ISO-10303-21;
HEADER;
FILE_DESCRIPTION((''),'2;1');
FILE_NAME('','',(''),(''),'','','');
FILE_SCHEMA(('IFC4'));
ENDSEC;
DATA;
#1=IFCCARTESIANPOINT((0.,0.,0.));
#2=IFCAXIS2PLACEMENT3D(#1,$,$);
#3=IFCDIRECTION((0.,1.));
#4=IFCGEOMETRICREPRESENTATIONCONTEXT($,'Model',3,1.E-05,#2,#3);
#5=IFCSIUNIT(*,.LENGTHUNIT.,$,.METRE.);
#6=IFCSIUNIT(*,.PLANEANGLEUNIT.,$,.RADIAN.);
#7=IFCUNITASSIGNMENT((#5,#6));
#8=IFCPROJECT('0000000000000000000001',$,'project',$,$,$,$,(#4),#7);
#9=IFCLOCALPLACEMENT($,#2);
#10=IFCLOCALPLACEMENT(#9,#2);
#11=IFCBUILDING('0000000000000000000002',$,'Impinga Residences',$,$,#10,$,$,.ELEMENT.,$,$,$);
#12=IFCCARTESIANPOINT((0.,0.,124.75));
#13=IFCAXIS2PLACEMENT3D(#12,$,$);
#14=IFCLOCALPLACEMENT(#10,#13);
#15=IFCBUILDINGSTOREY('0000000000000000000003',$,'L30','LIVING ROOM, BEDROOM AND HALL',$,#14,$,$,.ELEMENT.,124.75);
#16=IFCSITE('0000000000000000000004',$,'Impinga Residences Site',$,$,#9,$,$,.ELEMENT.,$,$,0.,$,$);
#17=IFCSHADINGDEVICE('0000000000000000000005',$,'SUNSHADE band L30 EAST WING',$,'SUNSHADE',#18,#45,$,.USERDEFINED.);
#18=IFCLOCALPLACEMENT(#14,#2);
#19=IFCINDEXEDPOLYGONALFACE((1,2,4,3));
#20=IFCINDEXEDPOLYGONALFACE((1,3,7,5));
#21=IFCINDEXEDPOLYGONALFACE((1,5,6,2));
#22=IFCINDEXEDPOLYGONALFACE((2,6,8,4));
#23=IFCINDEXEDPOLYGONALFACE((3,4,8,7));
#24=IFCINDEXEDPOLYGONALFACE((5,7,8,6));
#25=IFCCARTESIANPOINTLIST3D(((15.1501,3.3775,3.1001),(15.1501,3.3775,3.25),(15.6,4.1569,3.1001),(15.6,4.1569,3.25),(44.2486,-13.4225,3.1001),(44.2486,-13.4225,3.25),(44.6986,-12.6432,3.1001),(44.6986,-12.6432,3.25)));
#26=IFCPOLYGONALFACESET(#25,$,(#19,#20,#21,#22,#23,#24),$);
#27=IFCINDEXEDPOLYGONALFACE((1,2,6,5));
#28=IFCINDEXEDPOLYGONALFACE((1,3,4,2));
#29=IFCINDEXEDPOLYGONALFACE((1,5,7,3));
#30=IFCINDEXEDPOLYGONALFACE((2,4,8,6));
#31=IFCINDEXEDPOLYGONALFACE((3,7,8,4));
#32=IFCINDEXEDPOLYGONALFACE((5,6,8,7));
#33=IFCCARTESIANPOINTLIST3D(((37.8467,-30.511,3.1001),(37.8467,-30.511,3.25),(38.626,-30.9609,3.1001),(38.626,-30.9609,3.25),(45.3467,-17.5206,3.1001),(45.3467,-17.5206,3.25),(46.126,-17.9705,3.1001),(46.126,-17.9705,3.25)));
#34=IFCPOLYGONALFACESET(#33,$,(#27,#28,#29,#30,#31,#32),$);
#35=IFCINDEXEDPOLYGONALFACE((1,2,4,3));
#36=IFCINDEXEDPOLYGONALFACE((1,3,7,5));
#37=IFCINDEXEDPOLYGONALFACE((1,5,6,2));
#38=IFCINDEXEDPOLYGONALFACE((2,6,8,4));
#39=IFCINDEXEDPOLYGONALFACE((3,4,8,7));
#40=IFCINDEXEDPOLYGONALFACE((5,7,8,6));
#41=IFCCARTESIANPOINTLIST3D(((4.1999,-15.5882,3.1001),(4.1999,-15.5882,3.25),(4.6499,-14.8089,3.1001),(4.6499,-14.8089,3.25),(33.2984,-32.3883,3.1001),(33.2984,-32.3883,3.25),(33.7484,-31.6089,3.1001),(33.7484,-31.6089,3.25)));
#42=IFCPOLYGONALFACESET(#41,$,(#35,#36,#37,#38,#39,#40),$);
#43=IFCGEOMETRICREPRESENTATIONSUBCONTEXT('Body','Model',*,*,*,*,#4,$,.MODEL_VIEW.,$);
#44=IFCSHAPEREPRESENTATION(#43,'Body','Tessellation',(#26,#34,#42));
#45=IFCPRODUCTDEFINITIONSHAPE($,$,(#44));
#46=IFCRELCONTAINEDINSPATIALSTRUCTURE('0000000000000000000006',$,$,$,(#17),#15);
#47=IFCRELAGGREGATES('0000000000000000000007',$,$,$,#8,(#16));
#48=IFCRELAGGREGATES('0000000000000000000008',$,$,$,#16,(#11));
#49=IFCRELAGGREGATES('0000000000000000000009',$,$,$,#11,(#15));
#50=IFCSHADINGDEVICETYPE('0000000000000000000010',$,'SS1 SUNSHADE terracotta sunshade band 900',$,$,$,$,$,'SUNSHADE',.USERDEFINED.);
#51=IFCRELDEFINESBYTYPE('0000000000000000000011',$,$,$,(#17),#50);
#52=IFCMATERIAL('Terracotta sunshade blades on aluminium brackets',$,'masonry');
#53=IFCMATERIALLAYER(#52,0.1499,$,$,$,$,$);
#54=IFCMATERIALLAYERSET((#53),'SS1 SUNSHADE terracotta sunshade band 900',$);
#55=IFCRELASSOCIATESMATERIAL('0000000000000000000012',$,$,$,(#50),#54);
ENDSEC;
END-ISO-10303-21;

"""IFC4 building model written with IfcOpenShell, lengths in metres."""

from ifc_helpers import new_model, si_unit, direction, frame, origin, origin_2d, place, context, subcontext, project, spatial, rectangle, extrude, material, layer, layer_set, type_object, element, save


model = new_model("IFC4")

# Units and contexts
model_context = context("Model", 3, precision=1e-05, world=origin(), true_north=direction((0.0, 1.0)))
body_context = subcontext(model_context, "Body", "Model", "MODEL_VIEW")
ifc_project = project(units=[si_unit("LENGTHUNIT", "METRE"), si_unit("PLANEANGLEUNIT", "RADIAN")], contexts=[model_context])

# Site, building, storey
site_placement = place(None, origin())
site = spatial("IfcSite", under=ifc_project, at=site_placement, Name="Impinga Residences Site", CompositionType="ELEMENT", RefElevation=0.0)
building_placement = place(site_placement, origin())
building = spatial("IfcBuilding", under=site, at=building_placement, Name="Impinga Residences", CompositionType="ELEMENT")
storey_placement = place(building_placement, frame((0.0, 0.0, 124.75)))
storey = spatial("IfcBuildingStorey", under=building, at=storey_placement, Name="L30", Description="LIVING ROOM, BEDROOM AND HALL", CompositionType="ELEMENT", Elevation=124.75)

# Shading device
ifc_material_1 = material(Name="Terracotta sunshade blades on aluminium brackets", Category="masonry")
ifc_layer_1 = layer(ifc_material_1, 0.1499)
ifc_layer_set_1 = layer_set([ifc_layer_1], Name="SS1 SUNSHADE terracotta sunshade band 900")
shading_device_type = type_object("IfcShadingDeviceType", Name="SS1 SUNSHADE terracotta sunshade band 900", ElementType="SUNSHADE", PredefinedType="USERDEFINED", material=ifc_layer_set_1)
shading_device_placement = place(storey_placement, frame((29.9243, -4.6328, 3.1001), z_axis=(0.0, 0.0, 1.0), x_axis=(0.866025, -0.5, 0.0)))
element("IfcShadingDevice", 1, at=shading_device_placement, inside=storey, type_object=shading_device_type, Name="SUNSHADE band L30 EAST WING", ObjectType="SUNSHADE", PredefinedType="USERDEFINED", context=body_context, shape_type="SweptSolid", body=[
    extrude(rectangle(XDim=33.6001, YDim=0.8999, at=origin_2d()), origin(), (0.0, 0.0, 1.0), 0.1499),
    extrude(rectangle(XDim=15.0, YDim=0.8999, at=origin_2d()), frame((20.25, -10.95, 0.0), z_axis=(0.0, 0.0, 1.0), x_axis=(0.0, -1.0, 0.0)), (0.0, 0.0, 1.0), 0.1499),
    extrude(rectangle(XDim=33.6001, YDim=0.8999, at=origin_2d()), frame((-0.0002, -21.8999, 0.0), z_axis=(0.0, 0.0, 1.0), x_axis=(-1.0, 0.0, 0.0)), (0.0, 0.0, 1.0), 0.1499),
])

save(model, "model.ifc")
